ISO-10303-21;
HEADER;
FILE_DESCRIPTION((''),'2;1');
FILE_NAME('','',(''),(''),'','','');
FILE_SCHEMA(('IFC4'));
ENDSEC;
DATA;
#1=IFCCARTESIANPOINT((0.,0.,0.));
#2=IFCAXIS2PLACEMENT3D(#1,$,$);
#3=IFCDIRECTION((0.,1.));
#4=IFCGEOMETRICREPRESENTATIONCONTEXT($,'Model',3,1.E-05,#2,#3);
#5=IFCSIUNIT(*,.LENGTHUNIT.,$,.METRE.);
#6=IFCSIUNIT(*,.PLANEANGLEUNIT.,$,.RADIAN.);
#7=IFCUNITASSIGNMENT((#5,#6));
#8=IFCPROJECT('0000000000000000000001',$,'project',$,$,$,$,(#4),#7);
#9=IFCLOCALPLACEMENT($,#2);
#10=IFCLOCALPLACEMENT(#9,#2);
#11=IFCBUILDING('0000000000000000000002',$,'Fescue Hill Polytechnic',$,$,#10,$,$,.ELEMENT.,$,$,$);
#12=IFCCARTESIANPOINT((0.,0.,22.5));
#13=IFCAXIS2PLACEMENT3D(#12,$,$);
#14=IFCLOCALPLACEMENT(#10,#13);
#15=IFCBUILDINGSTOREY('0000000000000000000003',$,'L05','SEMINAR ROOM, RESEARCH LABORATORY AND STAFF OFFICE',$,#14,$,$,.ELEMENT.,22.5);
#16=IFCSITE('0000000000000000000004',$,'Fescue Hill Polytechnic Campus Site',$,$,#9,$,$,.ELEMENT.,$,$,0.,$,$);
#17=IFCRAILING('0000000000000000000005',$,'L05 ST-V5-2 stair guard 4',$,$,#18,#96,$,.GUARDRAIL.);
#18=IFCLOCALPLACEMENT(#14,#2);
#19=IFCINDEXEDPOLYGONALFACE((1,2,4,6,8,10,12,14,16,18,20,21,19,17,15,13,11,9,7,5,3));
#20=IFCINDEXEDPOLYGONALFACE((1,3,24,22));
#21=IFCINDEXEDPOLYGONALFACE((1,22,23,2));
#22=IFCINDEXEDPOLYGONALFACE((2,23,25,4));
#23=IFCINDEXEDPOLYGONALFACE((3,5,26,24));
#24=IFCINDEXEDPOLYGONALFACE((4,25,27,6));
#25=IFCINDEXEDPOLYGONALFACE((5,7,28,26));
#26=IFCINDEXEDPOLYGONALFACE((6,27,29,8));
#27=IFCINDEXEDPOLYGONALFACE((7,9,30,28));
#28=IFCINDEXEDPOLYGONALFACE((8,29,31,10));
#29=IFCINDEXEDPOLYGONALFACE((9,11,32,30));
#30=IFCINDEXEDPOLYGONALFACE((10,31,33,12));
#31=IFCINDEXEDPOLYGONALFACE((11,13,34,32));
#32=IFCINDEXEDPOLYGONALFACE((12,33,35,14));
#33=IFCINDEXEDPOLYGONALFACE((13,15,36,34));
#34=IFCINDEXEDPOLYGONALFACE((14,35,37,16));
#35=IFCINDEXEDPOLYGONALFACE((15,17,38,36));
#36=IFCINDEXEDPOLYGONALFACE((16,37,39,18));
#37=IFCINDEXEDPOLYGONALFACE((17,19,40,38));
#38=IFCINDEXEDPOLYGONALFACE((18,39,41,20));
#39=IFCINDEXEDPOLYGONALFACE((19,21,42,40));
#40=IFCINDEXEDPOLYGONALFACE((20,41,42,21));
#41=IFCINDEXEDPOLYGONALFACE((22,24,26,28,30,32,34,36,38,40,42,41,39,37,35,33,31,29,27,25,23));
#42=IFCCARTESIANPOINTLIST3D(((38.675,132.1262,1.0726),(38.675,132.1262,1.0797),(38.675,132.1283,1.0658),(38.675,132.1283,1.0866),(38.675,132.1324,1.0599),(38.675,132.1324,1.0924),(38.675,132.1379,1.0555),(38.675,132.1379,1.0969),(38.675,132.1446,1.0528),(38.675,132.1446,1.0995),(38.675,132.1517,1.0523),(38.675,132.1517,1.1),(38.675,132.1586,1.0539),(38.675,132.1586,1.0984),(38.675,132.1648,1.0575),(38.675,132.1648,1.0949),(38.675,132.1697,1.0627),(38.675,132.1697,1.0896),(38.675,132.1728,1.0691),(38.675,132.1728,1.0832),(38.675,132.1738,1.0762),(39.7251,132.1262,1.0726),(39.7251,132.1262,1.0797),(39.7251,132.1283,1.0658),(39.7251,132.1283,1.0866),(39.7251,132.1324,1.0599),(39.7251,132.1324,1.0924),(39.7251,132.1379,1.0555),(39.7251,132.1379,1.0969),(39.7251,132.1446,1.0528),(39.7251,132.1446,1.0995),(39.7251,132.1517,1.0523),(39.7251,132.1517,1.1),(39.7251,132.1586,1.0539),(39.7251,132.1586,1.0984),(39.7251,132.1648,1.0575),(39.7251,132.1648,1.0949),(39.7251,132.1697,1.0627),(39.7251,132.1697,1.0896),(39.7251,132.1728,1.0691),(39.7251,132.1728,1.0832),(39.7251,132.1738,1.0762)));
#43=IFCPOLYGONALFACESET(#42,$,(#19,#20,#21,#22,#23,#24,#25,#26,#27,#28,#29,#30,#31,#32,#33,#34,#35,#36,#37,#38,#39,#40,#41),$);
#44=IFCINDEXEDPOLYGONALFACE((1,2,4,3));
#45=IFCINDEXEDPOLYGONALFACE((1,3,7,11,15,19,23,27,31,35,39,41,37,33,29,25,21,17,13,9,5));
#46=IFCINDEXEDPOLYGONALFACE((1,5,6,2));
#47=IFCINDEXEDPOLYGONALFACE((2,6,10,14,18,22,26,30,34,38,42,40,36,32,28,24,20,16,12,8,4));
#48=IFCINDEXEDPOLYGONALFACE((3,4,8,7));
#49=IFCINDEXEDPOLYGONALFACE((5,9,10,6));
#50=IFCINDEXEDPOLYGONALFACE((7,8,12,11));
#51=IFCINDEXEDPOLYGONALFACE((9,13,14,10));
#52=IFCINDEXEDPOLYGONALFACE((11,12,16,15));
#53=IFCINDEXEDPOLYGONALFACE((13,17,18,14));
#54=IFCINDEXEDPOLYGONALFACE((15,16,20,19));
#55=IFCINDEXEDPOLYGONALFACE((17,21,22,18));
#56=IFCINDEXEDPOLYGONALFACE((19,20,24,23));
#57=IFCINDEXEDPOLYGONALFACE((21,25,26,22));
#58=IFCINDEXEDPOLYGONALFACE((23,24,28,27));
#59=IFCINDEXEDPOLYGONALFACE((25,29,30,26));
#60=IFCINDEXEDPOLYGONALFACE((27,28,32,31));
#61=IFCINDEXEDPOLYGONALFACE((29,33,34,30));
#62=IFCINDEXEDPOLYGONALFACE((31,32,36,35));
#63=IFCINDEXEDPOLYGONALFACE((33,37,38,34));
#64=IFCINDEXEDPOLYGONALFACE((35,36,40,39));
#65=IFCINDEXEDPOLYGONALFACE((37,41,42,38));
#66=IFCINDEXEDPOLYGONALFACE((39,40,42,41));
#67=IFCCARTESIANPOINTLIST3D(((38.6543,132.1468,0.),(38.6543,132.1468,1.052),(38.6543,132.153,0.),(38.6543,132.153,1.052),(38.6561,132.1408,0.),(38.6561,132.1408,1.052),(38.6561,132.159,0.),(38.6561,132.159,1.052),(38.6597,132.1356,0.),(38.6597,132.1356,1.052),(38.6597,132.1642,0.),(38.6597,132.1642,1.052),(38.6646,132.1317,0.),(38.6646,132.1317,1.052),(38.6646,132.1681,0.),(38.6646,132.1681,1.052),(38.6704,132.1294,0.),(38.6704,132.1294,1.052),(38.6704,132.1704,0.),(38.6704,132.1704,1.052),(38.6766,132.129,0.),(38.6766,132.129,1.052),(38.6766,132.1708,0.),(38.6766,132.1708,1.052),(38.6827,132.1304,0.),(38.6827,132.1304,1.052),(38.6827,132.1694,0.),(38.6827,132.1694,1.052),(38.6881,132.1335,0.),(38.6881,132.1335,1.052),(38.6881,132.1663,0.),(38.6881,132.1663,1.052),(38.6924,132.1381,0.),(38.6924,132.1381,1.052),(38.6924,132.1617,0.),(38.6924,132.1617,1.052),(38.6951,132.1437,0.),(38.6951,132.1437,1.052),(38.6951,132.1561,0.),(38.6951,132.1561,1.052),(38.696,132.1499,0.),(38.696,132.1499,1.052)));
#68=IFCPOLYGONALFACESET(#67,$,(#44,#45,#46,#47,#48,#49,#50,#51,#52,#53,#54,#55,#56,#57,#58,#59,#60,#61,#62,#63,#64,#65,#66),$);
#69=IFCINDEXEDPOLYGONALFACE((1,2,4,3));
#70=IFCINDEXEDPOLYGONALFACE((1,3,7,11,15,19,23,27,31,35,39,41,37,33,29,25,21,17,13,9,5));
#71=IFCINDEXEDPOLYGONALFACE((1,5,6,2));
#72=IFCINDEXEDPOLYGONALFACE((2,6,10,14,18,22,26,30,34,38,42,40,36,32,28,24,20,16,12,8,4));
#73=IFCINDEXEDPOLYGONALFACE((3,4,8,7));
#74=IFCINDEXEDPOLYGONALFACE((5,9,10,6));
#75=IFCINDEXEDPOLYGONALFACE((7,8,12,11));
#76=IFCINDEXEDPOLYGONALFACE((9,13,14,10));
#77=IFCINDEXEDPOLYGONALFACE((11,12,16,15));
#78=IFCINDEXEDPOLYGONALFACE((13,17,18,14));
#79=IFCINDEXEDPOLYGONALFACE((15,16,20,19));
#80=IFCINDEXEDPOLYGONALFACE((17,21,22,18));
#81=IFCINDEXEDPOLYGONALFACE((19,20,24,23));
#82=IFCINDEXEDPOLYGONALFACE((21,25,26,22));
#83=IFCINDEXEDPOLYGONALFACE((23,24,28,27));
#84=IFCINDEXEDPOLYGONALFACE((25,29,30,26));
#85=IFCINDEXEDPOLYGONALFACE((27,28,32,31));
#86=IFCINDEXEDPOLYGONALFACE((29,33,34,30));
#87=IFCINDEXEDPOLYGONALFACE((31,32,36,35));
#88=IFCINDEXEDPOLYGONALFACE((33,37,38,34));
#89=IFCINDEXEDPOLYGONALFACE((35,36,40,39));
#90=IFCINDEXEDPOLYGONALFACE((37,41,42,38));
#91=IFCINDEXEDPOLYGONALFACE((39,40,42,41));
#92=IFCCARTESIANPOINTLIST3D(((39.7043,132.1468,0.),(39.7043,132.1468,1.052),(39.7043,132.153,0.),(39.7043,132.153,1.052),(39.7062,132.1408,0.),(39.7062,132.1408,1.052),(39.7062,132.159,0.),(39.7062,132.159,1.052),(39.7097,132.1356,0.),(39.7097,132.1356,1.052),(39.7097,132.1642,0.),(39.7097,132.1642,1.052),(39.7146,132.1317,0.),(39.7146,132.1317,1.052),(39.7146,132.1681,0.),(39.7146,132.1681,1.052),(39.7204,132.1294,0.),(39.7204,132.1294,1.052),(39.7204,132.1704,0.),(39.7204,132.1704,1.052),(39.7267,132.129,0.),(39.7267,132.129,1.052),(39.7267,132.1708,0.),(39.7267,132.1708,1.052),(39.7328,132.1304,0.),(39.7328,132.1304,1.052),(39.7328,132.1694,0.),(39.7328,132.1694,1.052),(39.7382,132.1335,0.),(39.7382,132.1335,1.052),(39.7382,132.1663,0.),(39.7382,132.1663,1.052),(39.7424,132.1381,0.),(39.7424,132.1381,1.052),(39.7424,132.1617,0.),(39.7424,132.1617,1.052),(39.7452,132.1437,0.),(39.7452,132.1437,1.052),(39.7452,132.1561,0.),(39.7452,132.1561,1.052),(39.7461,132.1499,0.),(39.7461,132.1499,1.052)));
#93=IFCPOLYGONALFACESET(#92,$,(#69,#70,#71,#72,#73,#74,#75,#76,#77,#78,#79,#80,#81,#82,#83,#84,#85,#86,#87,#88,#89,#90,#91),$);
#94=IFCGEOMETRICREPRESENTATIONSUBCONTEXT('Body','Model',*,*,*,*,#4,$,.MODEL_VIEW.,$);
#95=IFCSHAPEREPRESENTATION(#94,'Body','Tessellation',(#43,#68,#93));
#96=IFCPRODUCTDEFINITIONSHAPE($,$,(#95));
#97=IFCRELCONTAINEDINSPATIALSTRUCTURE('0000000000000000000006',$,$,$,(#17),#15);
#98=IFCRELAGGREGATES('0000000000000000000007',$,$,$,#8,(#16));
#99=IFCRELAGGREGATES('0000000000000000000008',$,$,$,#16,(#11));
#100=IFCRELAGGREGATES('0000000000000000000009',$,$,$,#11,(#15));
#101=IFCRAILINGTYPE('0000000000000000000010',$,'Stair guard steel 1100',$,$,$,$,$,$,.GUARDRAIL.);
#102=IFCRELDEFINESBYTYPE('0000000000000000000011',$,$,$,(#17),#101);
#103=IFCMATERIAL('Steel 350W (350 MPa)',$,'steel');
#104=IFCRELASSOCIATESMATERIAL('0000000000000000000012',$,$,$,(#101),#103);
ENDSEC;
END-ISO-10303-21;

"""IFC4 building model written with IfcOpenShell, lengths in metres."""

from ifc_helpers import new_model, si_unit, direction, frame, origin, origin_2d, place, context, subcontext, project, spatial, circle, extrude, material, type_object, element, save


model = new_model("IFC4")

# Units and contexts
model_context = context("Model", 3, precision=1e-05, world=origin(), true_north=direction((0.0, 1.0)))
body_context = subcontext(model_context, "Body", "Model", "MODEL_VIEW")
ifc_project = project(units=[si_unit("LENGTHUNIT", "METRE"), si_unit("PLANEANGLEUNIT", "RADIAN")], contexts=[model_context])

# Site, building, storey
site_placement = place(None, origin())
site = spatial("IfcSite", under=ifc_project, at=site_placement, Name="Fescue Hill Polytechnic Campus Site", CompositionType="ELEMENT", RefElevation=0.0)
building_placement = place(site_placement, origin())
building = spatial("IfcBuilding", under=site, at=building_placement, Name="Fescue Hill Polytechnic", CompositionType="ELEMENT")
storey_placement = place(building_placement, frame((0.0, 0.0, 22.5)))
storey = spatial("IfcBuildingStorey", under=building, at=storey_placement, Name="L05", Description="SEMINAR ROOM, RESEARCH LABORATORY AND STAFF OFFICE", CompositionType="ELEMENT", Elevation=22.5)

# Railing
ifc_material_1 = material(Name="Steel 350W (350 MPa)", Category="steel")
railing_type_1 = type_object("IfcRailingType", Name="Stair guard steel 1100", PredefinedType="GUARDRAIL", material=ifc_material_1)
railing_1_placement = place(storey_placement, frame((38.675, 132.1499, 0.0)))
element("IfcRailing", 1, at=railing_1_placement, inside=storey, type_object=railing_type_1, Name="L05 ST-V5-2 stair guard 4", PredefinedType="GUARDRAIL", context=body_context, shape_type="SweptSolid", body=[
    extrude(circle(Radius=0.0239, at=origin_2d()), frame((0.0, 0.0, 1.0762), z_axis=(1.0, 0.0, 0.0), x_axis=(0.0, 1.0, 0.0)), (0.0, 0.0, 1.0), 1.05),
    extrude(circle(Radius=0.021, at=origin_2d()), origin(), (0.0, 0.0, 1.0), 1.052),
    extrude(circle(Radius=0.021, at=origin_2d()), frame((1.05, 0.0, 0.0)), (0.0, 0.0, 1.0), 1.052),
])

save(model, "model.ifc")
